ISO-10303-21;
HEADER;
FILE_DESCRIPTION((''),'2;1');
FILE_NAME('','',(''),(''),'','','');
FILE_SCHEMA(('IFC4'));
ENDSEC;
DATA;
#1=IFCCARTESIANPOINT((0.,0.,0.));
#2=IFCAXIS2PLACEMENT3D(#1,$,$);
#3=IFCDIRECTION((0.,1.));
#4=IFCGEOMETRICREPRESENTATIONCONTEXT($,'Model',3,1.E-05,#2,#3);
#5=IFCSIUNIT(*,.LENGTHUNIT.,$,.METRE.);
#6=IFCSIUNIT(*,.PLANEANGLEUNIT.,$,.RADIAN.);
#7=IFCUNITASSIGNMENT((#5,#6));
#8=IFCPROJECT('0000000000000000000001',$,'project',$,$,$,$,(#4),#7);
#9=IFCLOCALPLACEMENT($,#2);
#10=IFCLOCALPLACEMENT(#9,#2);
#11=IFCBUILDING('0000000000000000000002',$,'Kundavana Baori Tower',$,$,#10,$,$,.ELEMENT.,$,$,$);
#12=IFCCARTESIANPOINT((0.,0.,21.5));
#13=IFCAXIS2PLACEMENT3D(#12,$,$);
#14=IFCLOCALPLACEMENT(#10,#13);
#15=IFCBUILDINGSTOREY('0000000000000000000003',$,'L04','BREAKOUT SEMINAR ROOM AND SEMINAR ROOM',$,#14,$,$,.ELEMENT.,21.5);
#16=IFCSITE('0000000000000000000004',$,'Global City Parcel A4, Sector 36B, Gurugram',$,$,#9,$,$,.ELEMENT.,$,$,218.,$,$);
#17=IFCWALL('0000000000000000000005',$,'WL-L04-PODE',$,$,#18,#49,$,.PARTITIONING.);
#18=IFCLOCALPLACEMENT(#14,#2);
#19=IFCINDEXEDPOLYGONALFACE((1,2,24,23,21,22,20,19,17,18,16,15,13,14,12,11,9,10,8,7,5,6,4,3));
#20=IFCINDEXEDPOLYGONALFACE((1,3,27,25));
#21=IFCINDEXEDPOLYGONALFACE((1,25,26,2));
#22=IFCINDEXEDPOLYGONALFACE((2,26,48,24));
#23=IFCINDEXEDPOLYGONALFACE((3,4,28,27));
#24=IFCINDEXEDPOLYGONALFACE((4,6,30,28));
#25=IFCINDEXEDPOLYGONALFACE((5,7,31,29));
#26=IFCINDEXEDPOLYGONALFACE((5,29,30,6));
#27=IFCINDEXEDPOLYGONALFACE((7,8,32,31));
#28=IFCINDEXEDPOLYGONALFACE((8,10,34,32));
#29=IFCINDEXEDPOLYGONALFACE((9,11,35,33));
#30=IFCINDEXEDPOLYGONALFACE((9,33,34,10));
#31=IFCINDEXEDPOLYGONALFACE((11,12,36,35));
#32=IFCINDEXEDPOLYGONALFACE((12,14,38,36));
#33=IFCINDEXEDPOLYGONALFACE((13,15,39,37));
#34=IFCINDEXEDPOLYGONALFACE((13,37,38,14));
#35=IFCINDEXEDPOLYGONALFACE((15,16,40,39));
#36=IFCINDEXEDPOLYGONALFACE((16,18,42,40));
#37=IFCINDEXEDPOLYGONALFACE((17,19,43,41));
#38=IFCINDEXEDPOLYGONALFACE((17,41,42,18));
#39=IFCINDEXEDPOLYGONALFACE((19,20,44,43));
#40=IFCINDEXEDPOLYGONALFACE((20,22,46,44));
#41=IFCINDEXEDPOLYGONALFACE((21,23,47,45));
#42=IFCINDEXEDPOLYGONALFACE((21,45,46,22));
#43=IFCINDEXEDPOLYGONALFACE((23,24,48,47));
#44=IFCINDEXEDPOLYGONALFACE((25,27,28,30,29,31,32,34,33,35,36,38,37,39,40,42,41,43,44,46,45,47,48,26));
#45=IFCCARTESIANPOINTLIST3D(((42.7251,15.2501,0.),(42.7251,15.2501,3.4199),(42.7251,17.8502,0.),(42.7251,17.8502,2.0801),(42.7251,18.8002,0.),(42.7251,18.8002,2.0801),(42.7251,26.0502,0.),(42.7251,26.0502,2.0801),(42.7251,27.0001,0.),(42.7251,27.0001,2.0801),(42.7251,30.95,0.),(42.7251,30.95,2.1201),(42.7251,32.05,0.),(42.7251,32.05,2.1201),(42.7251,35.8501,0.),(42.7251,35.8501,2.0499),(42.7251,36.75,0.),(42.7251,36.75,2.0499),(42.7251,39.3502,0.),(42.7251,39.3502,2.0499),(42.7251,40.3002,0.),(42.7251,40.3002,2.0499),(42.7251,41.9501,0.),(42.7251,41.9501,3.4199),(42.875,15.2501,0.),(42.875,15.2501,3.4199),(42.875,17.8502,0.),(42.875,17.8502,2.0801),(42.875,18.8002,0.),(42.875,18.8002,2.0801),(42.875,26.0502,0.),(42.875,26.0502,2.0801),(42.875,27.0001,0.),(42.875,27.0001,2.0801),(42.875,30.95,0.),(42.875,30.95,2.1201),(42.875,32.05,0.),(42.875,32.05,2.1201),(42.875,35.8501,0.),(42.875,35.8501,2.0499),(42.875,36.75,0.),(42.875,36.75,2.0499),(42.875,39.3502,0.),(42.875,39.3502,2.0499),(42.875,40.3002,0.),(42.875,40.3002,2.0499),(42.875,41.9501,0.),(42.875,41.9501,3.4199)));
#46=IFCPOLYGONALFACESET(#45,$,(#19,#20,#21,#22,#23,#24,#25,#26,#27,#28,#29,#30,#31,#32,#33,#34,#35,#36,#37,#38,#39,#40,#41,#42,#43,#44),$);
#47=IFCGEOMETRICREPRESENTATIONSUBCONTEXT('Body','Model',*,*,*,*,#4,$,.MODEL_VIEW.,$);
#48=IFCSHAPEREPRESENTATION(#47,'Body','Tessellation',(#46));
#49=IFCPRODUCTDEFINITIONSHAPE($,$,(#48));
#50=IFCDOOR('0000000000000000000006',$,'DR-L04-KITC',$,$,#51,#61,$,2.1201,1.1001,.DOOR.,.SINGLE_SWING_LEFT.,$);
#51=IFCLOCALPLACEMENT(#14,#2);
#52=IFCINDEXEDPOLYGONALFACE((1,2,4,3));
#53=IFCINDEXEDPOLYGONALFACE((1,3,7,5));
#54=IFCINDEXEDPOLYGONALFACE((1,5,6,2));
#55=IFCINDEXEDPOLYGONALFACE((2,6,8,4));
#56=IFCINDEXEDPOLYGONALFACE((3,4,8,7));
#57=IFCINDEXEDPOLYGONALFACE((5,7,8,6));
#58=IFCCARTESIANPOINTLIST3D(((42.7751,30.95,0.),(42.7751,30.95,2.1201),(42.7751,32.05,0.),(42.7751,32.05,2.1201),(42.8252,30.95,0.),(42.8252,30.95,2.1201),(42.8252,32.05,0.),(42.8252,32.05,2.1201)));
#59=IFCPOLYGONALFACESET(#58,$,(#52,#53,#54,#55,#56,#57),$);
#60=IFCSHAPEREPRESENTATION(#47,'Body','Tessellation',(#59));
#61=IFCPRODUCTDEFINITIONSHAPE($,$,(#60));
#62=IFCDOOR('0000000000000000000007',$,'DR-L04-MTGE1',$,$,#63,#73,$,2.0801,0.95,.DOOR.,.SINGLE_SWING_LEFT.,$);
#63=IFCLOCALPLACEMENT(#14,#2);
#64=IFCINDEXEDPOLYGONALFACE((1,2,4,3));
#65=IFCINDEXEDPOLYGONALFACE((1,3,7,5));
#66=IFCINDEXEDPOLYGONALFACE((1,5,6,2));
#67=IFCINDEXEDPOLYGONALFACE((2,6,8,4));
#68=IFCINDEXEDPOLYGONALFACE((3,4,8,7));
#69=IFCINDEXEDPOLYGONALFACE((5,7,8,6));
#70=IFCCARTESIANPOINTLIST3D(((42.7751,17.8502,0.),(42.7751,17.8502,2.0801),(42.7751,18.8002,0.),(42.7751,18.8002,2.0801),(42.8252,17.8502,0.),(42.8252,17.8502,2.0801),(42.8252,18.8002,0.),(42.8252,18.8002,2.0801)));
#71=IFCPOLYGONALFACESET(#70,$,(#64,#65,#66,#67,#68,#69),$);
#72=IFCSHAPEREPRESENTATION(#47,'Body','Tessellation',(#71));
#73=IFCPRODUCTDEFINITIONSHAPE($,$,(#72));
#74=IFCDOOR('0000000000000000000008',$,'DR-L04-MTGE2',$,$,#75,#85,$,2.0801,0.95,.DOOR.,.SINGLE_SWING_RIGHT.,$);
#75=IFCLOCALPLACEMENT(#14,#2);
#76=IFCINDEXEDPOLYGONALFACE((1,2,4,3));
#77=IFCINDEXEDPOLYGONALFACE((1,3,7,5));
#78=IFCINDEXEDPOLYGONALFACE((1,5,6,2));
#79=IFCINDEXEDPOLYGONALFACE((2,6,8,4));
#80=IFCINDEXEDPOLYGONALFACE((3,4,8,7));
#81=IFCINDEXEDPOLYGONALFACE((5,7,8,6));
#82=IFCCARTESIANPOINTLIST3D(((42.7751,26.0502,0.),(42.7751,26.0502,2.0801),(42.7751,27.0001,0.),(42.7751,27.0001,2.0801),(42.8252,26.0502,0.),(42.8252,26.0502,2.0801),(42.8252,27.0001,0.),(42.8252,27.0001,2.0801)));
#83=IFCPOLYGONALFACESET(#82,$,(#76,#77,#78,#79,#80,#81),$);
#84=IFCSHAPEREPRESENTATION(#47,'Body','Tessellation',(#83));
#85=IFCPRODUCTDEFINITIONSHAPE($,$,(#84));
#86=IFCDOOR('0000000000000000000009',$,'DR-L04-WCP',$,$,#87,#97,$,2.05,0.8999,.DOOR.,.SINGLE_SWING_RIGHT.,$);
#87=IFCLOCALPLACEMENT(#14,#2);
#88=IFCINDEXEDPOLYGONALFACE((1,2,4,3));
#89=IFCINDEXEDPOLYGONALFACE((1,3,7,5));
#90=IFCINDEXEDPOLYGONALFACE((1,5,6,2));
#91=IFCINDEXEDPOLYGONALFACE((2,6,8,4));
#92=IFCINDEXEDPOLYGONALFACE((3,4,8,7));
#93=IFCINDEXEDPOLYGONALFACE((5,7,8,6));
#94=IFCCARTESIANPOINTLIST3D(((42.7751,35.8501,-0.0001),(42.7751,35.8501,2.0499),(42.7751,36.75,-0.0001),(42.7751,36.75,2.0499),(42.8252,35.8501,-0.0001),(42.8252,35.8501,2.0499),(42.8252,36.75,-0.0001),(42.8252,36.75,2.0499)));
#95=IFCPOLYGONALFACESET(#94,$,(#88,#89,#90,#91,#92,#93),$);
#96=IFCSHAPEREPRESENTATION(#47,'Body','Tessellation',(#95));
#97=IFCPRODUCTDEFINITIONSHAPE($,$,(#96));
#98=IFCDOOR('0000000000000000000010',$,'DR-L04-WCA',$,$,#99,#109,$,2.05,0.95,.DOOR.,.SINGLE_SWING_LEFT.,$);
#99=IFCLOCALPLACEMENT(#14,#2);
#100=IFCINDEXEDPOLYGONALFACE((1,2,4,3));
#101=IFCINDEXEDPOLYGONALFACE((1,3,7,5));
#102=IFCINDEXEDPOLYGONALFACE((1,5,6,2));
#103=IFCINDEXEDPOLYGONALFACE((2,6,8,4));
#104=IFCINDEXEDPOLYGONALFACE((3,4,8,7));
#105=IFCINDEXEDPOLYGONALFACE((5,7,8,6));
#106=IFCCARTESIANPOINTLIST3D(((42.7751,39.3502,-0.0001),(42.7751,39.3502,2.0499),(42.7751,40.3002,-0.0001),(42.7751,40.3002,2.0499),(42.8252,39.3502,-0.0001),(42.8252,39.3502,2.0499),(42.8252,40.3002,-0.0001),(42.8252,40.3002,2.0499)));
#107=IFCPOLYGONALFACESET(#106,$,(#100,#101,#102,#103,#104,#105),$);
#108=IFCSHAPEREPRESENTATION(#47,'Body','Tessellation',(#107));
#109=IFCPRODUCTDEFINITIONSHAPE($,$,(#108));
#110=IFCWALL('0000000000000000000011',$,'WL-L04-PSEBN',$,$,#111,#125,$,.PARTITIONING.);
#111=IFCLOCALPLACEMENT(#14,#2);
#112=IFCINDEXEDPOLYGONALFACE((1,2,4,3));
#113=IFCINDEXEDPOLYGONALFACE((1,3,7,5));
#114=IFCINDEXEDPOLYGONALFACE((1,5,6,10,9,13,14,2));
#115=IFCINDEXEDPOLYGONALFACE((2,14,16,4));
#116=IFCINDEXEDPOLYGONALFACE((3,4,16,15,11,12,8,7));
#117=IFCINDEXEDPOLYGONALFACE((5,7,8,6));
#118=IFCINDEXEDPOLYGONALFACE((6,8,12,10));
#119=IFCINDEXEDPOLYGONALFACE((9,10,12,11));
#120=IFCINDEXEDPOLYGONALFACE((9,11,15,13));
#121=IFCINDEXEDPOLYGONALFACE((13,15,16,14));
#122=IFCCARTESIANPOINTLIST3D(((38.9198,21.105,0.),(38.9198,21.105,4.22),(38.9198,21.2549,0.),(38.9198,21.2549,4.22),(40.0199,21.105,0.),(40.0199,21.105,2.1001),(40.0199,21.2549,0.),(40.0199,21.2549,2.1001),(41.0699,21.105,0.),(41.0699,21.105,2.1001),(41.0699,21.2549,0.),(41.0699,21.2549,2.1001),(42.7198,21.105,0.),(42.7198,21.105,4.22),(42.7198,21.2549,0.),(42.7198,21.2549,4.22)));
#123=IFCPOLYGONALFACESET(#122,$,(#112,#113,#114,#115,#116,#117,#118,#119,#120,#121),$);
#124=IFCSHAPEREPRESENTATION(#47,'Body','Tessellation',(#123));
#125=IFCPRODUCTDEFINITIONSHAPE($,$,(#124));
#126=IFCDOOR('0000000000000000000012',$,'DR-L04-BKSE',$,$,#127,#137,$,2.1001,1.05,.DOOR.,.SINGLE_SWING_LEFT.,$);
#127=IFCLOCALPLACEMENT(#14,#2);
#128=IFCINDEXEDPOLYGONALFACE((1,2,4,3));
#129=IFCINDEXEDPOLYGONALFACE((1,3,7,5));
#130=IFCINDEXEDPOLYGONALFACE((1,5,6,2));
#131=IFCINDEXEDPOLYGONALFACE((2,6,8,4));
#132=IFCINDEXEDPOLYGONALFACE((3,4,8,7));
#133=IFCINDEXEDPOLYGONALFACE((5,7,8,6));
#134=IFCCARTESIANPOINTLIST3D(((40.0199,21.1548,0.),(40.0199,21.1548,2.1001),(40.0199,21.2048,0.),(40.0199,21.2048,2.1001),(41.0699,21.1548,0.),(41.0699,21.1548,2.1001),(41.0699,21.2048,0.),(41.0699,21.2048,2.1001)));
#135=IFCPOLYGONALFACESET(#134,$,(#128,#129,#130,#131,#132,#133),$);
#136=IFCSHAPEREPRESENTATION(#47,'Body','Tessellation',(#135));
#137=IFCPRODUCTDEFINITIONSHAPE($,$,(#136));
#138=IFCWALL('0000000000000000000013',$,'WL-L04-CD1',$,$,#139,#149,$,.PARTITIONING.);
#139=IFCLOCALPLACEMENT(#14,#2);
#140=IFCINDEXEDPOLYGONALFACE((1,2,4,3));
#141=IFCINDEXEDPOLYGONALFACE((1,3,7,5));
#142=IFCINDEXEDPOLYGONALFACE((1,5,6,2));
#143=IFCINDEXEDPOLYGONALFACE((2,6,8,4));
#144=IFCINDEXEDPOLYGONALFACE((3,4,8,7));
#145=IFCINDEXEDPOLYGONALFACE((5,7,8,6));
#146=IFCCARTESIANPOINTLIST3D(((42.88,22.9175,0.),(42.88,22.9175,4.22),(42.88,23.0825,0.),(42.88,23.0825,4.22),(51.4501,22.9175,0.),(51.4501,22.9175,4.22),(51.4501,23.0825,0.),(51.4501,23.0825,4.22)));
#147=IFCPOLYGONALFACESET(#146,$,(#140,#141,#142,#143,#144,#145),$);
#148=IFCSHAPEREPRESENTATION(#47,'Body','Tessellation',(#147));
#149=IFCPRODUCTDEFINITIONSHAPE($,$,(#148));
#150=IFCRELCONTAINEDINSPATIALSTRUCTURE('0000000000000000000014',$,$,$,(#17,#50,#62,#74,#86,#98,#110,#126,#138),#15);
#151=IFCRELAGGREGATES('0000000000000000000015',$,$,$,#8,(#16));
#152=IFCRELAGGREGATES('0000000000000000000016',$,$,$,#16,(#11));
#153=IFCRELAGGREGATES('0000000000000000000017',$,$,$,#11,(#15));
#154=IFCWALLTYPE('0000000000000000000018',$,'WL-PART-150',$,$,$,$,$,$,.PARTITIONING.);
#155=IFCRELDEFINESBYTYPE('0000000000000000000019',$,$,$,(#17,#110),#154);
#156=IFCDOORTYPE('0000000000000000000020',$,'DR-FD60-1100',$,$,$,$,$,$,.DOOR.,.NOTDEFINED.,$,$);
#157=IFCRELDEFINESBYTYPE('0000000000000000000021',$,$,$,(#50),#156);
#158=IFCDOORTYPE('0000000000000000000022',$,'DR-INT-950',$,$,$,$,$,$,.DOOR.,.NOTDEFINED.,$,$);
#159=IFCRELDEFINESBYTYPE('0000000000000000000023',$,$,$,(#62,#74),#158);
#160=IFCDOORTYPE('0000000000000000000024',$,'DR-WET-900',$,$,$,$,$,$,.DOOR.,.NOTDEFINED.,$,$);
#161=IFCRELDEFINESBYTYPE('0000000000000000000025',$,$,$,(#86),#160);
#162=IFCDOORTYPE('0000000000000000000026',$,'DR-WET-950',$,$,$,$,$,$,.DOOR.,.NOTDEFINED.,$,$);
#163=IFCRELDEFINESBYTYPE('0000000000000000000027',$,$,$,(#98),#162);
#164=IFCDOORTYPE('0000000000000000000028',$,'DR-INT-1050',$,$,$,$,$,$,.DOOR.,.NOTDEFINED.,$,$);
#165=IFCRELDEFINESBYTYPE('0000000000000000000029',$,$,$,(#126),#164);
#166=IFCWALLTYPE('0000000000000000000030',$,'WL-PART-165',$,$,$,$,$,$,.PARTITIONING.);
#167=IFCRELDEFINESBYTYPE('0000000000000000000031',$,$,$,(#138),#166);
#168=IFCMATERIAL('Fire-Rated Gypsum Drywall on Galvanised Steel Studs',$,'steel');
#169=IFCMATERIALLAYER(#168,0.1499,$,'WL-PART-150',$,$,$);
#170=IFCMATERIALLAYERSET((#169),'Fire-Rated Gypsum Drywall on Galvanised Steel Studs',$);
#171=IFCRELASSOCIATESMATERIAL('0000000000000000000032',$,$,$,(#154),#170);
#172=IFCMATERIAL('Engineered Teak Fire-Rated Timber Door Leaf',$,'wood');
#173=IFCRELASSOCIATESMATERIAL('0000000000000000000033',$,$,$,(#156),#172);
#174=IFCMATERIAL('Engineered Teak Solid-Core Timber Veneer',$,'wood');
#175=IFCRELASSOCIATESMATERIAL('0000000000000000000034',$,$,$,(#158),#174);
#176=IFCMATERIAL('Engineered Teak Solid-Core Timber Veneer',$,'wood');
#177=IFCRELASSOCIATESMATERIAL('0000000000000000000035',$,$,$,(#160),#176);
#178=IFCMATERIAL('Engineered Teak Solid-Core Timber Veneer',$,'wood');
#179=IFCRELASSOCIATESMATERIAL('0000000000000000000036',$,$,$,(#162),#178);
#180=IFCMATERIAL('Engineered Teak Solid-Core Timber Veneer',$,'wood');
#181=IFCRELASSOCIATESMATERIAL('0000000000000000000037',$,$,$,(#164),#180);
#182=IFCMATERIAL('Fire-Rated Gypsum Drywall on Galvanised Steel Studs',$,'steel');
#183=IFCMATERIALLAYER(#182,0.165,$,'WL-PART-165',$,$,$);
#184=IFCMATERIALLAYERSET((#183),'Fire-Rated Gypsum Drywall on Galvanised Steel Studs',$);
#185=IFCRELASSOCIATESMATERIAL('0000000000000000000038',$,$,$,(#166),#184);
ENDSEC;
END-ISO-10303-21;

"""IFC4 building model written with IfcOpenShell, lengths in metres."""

from ifc_helpers import new_model, si_unit, direction, frame, frame_2d, origin, place, context, subcontext, project, spatial, rectangle, extrude, material, layer, layer_set, type_object, element, fill, save


model = new_model("IFC4")

# Units and contexts
model_context = context("Model", 3, precision=1e-05, world=origin(), true_north=direction((0.0, 1.0)))
body_context = subcontext(model_context, "Body", "Model", "MODEL_VIEW")
ifc_project = project(units=[si_unit("LENGTHUNIT", "METRE"), si_unit("PLANEANGLEUNIT", "RADIAN")], contexts=[model_context])

# Site, building, storey
site_placement = place(None, origin())
site = spatial("IfcSite", under=ifc_project, at=site_placement, Name="Global City Parcel A4, Sector 36B, Gurugram", CompositionType="ELEMENT", RefElevation=218.0)
building_placement = place(site_placement, origin())
building = spatial("IfcBuilding", under=site, at=building_placement, Name="Kundavana Baori Tower", CompositionType="ELEMENT")
storey_placement = place(building_placement, frame((0.0, 0.0, 21.5)))
storey = spatial("IfcBuildingStorey", under=building, at=storey_placement, Name="L04", Description="BREAKOUT SEMINAR ROOM AND SEMINAR ROOM", CompositionType="ELEMENT", Elevation=21.5)

# Wall, openings, doors
ifc_material_1 = material(Name="Fire-Rated Gypsum Drywall on Galvanised Steel Studs", Category="steel")
ifc_layer_1 = layer(ifc_material_1, 0.1499, Name="WL-PART-150")
ifc_layer_set_1 = layer_set([ifc_layer_1], Name="Fire-Rated Gypsum Drywall on Galvanised Steel Studs")
wall_type_1 = type_object("IfcWallType", Name="WL-PART-150", PredefinedType="PARTITIONING", material=ifc_layer_set_1)
wall_1_placement = place(storey_placement, frame((42.8, 15.25, 0.0), z_axis=(0.0, 0.0, 1.0), x_axis=(0.0, 1.0, 0.0)))
wall_1 = element("IfcWall", 1, at=wall_1_placement, inside=storey, type_object=wall_type_1, Name="WL-L04-PODE", PredefinedType="PARTITIONING", context=body_context, shape_type="SweptSolid", body=[
    extrude(rectangle(XDim=26.7, YDim=0.1499, at=frame_2d((13.3501, 0.0))), origin(), (0.0, 0.0, 1.0), 3.4199),
])
opening_1_placement = place(wall_1_placement, frame((2.6001, 0.0, 0.0)))
opening_1 = element("IfcOpeningElement", 2, at=opening_1_placement, cuts=wall_1, PredefinedType="OPENING", context=body_context, shape_type="SweptSolid", body=[
    extrude(rectangle(XDim=0.95, YDim=2.0801, at=frame_2d((0.4751, 1.04))), frame((0.0, 0.085, 0.0), z_axis=(0.0, -1.0, 0.0), x_axis=(1.0, 0.0, 0.0)), (0.0, 0.0, 1.0), 0.1699),
])
opening_2_placement = place(wall_1_placement, frame((10.8, 0.0, 0.0)))
opening_2 = element("IfcOpeningElement", 3, at=opening_2_placement, cuts=wall_1, PredefinedType="OPENING", context=body_context, shape_type="SweptSolid", body=[
    extrude(rectangle(XDim=0.95, YDim=2.0801, at=frame_2d((0.4751, 1.04))), frame((0.0, 0.085, 0.0), z_axis=(0.0, -1.0, 0.0), x_axis=(1.0, 0.0, 0.0)), (0.0, 0.0, 1.0), 0.1699),
])
opening_3_placement = place(wall_1_placement, frame((15.7, 0.0, 0.0)))
opening_3 = element("IfcOpeningElement", 4, at=opening_3_placement, cuts=wall_1, PredefinedType="OPENING", context=body_context, shape_type="SweptSolid", body=[
    extrude(rectangle(XDim=1.1001, YDim=2.1201, at=frame_2d((0.55, 1.0601))), frame((0.0, 0.085, 0.0), z_axis=(0.0, -1.0, 0.0), x_axis=(1.0, 0.0, 0.0)), (0.0, 0.0, 1.0), 0.1699),
])
opening_4_placement = place(wall_1_placement, frame((20.6001, 0.0, 0.0)))
opening_4 = element("IfcOpeningElement", 5, at=opening_4_placement, cuts=wall_1, PredefinedType="OPENING", context=body_context, shape_type="SweptSolid", body=[
    extrude(rectangle(XDim=0.8999, YDim=2.05, at=frame_2d((0.45, 1.0249))), frame((0.0, 0.085, 0.0), z_axis=(0.0, -1.0, 0.0), x_axis=(1.0, 0.0, 0.0)), (0.0, 0.0, 1.0), 0.1699),
])
opening_5_placement = place(wall_1_placement, frame((24.1001, 0.0, 0.0)))
opening_5 = element("IfcOpeningElement", 6, at=opening_5_placement, cuts=wall_1, PredefinedType="OPENING", context=body_context, shape_type="SweptSolid", body=[
    extrude(rectangle(XDim=0.95, YDim=2.05, at=frame_2d((0.4751, 1.0249))), frame((0.0, 0.085, 0.0), z_axis=(0.0, -1.0, 0.0), x_axis=(1.0, 0.0, 0.0)), (0.0, 0.0, 1.0), 0.1699),
])
ifc_material_2 = material(Name="Engineered Teak Fire-Rated Timber Door Leaf", Category="wood")
door_type_1 = type_object("IfcDoorType", Name="DR-FD60-1100", OperationType="NOTDEFINED", PredefinedType="DOOR", material=ifc_material_2)
door_1_placement = place(opening_3_placement, origin())
door_1 = element("IfcDoor", 7, at=door_1_placement, inside=storey, type_object=door_type_1, Name="DR-L04-KITC", OperationType="SINGLE_SWING_LEFT", OverallHeight=2.1201, OverallWidth=1.1001, PredefinedType="DOOR", context=body_context, shape_type="SweptSolid", body=[
    extrude(rectangle(XDim=1.1001, YDim=2.1201, at=frame_2d((0.55, 1.0601))), frame((0.0, 0.0249, 0.0), z_axis=(0.0, -1.0, 0.0), x_axis=(1.0, 0.0, 0.0)), (0.0, 0.0, 1.0), 0.05),
])
fill(opening_3, door_1)
ifc_material_3 = material(Name="Engineered Teak Solid-Core Timber Veneer", Category="wood")
door_type_2 = type_object("IfcDoorType", Name="DR-INT-950", OperationType="NOTDEFINED", PredefinedType="DOOR", material=ifc_material_3)
door_2_placement = place(opening_1_placement, origin())
door_2 = element("IfcDoor", 8, at=door_2_placement, inside=storey, type_object=door_type_2, Name="DR-L04-MTGE1", OperationType="SINGLE_SWING_LEFT", OverallHeight=2.0801, OverallWidth=0.95, PredefinedType="DOOR", context=body_context, shape_type="SweptSolid", body=[
    extrude(rectangle(XDim=0.95, YDim=2.0801, at=frame_2d((0.4751, 1.04))), frame((0.0, 0.0249, 0.0), z_axis=(0.0, -1.0, 0.0), x_axis=(1.0, 0.0, 0.0)), (0.0, 0.0, 1.0), 0.05),
])
fill(opening_1, door_2)
door_3_placement = place(opening_2_placement, origin())
door_3 = element("IfcDoor", 9, at=door_3_placement, inside=storey, type_object=door_type_2, Name="DR-L04-MTGE2", OperationType="SINGLE_SWING_RIGHT", OverallHeight=2.0801, OverallWidth=0.95, PredefinedType="DOOR", context=body_context, shape_type="SweptSolid", body=[
    extrude(rectangle(XDim=0.95, YDim=2.0801, at=frame_2d((0.4751, 1.04))), frame((0.0, 0.0249, 0.0), z_axis=(0.0, -1.0, 0.0), x_axis=(1.0, 0.0, 0.0)), (0.0, 0.0, 1.0), 0.05),
])
fill(opening_2, door_3)
ifc_material_4 = material(Name="Engineered Teak Solid-Core Timber Veneer", Category="wood")
door_type_3 = type_object("IfcDoorType", Name="DR-WET-900", OperationType="NOTDEFINED", PredefinedType="DOOR", material=ifc_material_4)
door_4_placement = place(opening_4_placement, origin())
door_4 = element("IfcDoor", 10, at=door_4_placement, inside=storey, type_object=door_type_3, Name="DR-L04-WCP", OperationType="SINGLE_SWING_RIGHT", OverallHeight=2.05, OverallWidth=0.8999, PredefinedType="DOOR", context=body_context, shape_type="SweptSolid", body=[
    extrude(rectangle(XDim=0.8999, YDim=2.05, at=frame_2d((0.45, 1.0249))), frame((0.0, 0.0249, 0.0), z_axis=(0.0, -1.0, 0.0), x_axis=(1.0, 0.0, 0.0)), (0.0, 0.0, 1.0), 0.05),
])
fill(opening_4, door_4)
ifc_material_5 = material(Name="Engineered Teak Solid-Core Timber Veneer", Category="wood")
door_type_4 = type_object("IfcDoorType", Name="DR-WET-950", OperationType="NOTDEFINED", PredefinedType="DOOR", material=ifc_material_5)
door_5_placement = place(opening_5_placement, origin())
door_5 = element("IfcDoor", 11, at=door_5_placement, inside=storey, type_object=door_type_4, Name="DR-L04-WCA", OperationType="SINGLE_SWING_LEFT", OverallHeight=2.05, OverallWidth=0.95, PredefinedType="DOOR", context=body_context, shape_type="SweptSolid", body=[
    extrude(rectangle(XDim=0.95, YDim=2.05, at=frame_2d((0.4751, 1.0249))), frame((0.0, 0.0249, 0.0), z_axis=(0.0, -1.0, 0.0), x_axis=(1.0, 0.0, 0.0)), (0.0, 0.0, 1.0), 0.05),
])
fill(opening_5, door_5)

# Wall, opening, door
wall_2_placement = place(storey_placement, frame((38.9199, 21.1799, 0.0), z_axis=(0.0, 0.0, 1.0), x_axis=(1.0, 0.0, 0.0)))
wall_2 = element("IfcWall", 12, at=wall_2_placement, inside=storey, type_object=wall_type_1, Name="WL-L04-PSEBN", PredefinedType="PARTITIONING", context=body_context, shape_type="SweptSolid", body=[
    extrude(rectangle(XDim=3.8, YDim=0.1499, at=frame_2d((1.8999, 0.0))), origin(), (0.0, 0.0, 1.0), 4.22),
])
opening_6_placement = place(wall_2_placement, frame((1.1001, 0.0, 0.0)))
opening_6 = element("IfcOpeningElement", 13, at=opening_6_placement, cuts=wall_2, PredefinedType="OPENING", context=body_context, shape_type="SweptSolid", body=[
    extrude(rectangle(XDim=1.05, YDim=2.1001, at=frame_2d((0.5249, 1.05))), frame((0.0, 0.085, 0.0), z_axis=(0.0, -1.0, 0.0), x_axis=(1.0, 0.0, 0.0)), (0.0, 0.0, 1.0), 0.1699),
])
ifc_material_6 = material(Name="Engineered Teak Solid-Core Timber Veneer", Category="wood")
door_type_5 = type_object("IfcDoorType", Name="DR-INT-1050", OperationType="NOTDEFINED", PredefinedType="DOOR", material=ifc_material_6)
door_6_placement = place(opening_6_placement, origin())
door_6 = element("IfcDoor", 14, at=door_6_placement, inside=storey, type_object=door_type_5, Name="DR-L04-BKSE", OperationType="SINGLE_SWING_LEFT", OverallHeight=2.1001, OverallWidth=1.05, PredefinedType="DOOR", context=body_context, shape_type="SweptSolid", body=[
    extrude(rectangle(XDim=1.05, YDim=2.1001, at=frame_2d((0.5249, 1.05))), frame((0.0, 0.0249, 0.0), z_axis=(0.0, -1.0, 0.0), x_axis=(1.0, 0.0, 0.0)), (0.0, 0.0, 1.0), 0.05),
])
fill(opening_6, door_6)

# Wall
ifc_material_7 = material(Name="Fire-Rated Gypsum Drywall on Galvanised Steel Studs", Category="steel")
ifc_layer_2 = layer(ifc_material_7, 0.165, Name="WL-PART-165")
ifc_layer_set_2 = layer_set([ifc_layer_2], Name="Fire-Rated Gypsum Drywall on Galvanised Steel Studs")
wall_type_2 = type_object("IfcWallType", Name="WL-PART-165", PredefinedType="PARTITIONING", material=ifc_layer_set_2)
wall_3_placement = place(storey_placement, frame((42.8799, 23.0, 0.0), z_axis=(0.0, 0.0, 1.0), x_axis=(1.0, 0.0, 0.0)))
element("IfcWall", 15, at=wall_3_placement, inside=storey, type_object=wall_type_2, Name="WL-L04-CD1", PredefinedType="PARTITIONING", context=body_context, shape_type="SweptSolid", body=[
    extrude(rectangle(XDim=8.5701, YDim=0.165, at=frame_2d((4.2852, 0.0))), origin(), (0.0, 0.0, 1.0), 4.22),
])

save(model, "model.ifc")
